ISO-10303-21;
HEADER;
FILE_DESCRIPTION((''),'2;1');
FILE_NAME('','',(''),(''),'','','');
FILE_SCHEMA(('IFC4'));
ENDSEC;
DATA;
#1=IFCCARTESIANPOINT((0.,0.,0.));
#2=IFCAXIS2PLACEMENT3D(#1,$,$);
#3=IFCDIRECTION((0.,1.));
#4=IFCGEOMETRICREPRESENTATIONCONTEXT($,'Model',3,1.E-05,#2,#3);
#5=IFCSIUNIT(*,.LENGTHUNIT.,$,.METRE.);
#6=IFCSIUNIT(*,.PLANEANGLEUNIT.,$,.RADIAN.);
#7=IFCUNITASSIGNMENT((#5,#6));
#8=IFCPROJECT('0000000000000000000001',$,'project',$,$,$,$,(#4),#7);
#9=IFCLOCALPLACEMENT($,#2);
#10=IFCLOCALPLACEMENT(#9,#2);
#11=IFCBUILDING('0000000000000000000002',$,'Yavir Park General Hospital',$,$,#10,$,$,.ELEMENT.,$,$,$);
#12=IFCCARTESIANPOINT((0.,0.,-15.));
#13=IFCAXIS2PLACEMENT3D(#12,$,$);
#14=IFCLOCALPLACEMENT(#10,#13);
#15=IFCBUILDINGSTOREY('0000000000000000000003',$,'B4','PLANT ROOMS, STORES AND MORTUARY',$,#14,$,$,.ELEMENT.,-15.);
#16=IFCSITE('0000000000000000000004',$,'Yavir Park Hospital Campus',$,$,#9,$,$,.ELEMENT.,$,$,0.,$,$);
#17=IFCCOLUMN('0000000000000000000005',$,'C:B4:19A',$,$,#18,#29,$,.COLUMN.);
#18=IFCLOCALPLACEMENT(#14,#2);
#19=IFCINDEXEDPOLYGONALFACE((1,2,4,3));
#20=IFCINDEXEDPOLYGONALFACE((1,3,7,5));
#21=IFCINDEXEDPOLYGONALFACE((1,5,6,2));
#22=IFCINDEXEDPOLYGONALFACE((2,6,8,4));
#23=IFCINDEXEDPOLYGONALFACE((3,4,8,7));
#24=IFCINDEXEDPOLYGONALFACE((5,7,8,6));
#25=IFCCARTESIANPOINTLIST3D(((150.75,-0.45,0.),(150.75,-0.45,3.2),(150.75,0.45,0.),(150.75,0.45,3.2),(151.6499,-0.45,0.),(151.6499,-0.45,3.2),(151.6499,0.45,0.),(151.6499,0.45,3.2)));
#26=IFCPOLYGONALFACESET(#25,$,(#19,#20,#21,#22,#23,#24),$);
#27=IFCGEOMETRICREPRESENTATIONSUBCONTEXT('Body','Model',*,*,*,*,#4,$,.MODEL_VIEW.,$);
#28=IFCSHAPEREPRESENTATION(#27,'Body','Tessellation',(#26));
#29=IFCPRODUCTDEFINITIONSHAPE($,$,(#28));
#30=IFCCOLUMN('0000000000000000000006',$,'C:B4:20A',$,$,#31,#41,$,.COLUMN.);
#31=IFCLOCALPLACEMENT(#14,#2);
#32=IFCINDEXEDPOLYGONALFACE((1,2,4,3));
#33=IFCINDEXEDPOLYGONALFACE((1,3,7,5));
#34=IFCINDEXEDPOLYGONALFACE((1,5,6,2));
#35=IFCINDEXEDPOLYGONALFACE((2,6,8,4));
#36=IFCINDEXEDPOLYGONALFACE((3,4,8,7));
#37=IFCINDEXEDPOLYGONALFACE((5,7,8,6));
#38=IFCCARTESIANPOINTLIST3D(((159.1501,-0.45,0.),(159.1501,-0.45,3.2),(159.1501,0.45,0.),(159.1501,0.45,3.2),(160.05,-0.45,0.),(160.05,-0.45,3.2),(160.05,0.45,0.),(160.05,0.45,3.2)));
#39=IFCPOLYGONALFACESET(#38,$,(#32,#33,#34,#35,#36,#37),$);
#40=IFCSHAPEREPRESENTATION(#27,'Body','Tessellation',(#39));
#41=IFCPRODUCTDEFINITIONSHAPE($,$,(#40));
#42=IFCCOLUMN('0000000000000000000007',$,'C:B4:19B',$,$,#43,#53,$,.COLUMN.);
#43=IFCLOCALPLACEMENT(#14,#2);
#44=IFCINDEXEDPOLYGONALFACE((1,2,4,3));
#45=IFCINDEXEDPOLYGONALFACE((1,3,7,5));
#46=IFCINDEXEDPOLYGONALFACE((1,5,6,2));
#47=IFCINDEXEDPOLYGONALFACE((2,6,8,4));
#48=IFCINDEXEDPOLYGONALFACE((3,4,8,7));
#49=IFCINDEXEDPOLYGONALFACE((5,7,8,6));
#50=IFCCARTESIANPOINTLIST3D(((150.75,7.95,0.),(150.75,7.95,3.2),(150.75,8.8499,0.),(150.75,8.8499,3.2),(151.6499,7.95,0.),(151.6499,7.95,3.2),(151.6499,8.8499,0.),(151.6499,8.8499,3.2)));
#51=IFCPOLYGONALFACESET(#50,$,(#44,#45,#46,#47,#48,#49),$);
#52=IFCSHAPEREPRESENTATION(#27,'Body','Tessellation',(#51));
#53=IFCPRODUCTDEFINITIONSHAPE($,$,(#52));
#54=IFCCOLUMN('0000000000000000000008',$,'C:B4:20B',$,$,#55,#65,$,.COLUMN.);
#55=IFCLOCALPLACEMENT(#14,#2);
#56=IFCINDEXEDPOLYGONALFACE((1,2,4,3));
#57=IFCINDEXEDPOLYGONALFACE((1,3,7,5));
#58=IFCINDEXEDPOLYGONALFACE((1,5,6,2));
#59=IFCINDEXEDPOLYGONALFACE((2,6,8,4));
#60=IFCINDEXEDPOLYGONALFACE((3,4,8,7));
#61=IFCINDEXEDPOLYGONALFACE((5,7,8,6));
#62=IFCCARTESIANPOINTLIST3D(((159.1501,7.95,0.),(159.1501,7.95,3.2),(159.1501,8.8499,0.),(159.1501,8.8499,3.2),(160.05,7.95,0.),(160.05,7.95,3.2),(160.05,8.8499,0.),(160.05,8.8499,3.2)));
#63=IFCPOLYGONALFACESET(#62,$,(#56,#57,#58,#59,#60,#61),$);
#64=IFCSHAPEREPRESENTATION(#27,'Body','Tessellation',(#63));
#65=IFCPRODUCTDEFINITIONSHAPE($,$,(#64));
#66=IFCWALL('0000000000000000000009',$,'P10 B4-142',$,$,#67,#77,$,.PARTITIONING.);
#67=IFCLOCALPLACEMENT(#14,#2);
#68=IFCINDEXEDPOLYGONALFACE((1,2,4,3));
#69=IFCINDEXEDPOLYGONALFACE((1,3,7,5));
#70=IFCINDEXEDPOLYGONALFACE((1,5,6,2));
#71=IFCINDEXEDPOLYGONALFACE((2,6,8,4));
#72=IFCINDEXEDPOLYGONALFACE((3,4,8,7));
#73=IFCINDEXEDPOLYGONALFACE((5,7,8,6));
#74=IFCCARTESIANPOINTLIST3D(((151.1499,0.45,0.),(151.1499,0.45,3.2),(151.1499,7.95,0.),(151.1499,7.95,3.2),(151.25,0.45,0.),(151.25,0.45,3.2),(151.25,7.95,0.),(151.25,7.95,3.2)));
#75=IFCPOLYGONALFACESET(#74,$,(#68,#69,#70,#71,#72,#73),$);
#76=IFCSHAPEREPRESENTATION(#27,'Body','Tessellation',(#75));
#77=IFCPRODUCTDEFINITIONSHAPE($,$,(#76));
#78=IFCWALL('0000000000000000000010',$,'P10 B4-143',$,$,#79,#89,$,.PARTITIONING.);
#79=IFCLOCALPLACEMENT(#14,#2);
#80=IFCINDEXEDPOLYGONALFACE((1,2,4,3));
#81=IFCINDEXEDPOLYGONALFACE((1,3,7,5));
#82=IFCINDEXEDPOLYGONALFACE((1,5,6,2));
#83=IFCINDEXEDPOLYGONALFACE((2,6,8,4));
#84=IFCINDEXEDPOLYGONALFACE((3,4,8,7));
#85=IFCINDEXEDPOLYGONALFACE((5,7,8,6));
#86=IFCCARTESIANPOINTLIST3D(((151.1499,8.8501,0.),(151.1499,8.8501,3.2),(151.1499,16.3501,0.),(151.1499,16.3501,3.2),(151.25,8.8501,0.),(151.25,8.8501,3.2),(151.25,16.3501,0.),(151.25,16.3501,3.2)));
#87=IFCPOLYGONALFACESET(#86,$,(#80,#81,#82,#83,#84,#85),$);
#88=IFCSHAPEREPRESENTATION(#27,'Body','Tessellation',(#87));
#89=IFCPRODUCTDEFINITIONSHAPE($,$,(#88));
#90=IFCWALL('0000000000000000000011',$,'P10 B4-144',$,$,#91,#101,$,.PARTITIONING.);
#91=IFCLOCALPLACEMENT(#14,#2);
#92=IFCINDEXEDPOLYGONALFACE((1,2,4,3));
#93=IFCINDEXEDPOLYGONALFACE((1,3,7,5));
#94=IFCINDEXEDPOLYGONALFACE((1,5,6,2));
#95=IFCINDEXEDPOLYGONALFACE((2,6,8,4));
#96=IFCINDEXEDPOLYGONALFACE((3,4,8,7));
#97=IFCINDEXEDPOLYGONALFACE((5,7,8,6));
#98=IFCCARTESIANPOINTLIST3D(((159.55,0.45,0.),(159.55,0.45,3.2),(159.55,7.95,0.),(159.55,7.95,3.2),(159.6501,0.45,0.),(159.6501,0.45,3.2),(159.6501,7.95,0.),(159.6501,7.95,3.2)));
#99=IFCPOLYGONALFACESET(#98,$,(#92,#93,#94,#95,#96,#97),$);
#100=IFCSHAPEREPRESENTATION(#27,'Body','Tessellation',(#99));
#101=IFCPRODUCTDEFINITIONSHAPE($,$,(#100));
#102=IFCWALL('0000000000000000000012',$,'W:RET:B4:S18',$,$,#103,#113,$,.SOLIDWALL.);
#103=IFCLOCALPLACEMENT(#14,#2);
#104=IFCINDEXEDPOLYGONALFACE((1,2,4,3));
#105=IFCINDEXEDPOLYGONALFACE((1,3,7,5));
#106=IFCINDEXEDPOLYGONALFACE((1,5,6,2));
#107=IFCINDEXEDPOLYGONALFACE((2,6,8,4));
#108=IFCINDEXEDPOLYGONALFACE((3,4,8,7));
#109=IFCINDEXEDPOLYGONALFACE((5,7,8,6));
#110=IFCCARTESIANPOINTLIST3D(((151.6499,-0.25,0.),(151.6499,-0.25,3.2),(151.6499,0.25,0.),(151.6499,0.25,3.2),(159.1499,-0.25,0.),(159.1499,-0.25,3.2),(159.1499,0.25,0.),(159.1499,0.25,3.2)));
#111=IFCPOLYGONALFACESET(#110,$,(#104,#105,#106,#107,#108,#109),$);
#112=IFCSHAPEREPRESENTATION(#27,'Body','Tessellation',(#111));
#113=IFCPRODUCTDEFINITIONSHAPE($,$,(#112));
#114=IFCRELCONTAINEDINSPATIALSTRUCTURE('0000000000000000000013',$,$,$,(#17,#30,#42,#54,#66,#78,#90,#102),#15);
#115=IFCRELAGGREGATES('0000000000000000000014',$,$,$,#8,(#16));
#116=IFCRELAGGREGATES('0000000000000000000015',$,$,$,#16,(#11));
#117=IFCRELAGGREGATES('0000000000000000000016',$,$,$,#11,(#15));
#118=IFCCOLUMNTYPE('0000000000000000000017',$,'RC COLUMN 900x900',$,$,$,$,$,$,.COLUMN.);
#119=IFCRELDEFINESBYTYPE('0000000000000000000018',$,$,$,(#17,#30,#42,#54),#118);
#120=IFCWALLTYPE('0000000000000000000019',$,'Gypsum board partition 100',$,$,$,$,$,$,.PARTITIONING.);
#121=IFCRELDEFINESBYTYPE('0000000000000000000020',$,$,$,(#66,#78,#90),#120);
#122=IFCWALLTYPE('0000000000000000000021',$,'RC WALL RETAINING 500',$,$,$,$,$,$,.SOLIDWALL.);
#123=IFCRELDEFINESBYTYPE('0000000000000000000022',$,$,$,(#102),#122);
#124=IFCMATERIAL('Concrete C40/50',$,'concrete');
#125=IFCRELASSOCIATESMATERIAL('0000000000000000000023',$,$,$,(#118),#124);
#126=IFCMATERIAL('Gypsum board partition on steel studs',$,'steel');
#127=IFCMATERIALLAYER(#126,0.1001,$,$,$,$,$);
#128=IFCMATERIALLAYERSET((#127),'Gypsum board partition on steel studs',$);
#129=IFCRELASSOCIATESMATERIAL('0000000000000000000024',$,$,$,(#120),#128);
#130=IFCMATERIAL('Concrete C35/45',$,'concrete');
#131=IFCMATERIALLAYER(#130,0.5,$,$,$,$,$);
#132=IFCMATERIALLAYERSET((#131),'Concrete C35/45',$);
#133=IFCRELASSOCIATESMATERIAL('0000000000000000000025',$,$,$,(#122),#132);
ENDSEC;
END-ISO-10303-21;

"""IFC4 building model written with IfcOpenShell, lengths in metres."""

from ifc_helpers import new_model, si_unit, direction, frame, frame_2d, origin, origin_2d, place, context, subcontext, project, spatial, rectangle, extrude, material, layer, layer_set, material_profile, profile_set, type_object, element, save


model = new_model("IFC4")

# Units and contexts
model_context = context("Model", 3, precision=1e-05, world=origin(), true_north=direction((0.0, 1.0)))
body_context = subcontext(model_context, "Body", "Model", "MODEL_VIEW")
ifc_project = project(units=[si_unit("LENGTHUNIT", "METRE"), si_unit("PLANEANGLEUNIT", "RADIAN")], contexts=[model_context])

# Site, building, storey
site_placement = place(None, origin())
site = spatial("IfcSite", under=ifc_project, at=site_placement, Name="Yavir Park Hospital Campus", CompositionType="ELEMENT", RefElevation=0.0)
building_placement = place(site_placement, origin())
building = spatial("IfcBuilding", under=site, at=building_placement, Name="Yavir Park General Hospital", CompositionType="ELEMENT")
storey_placement = place(building_placement, frame((0.0, 0.0, -15.0)))
storey = spatial("IfcBuildingStorey", under=building, at=storey_placement, Name="B4", Description="PLANT ROOMS, STORES AND MORTUARY", CompositionType="ELEMENT", Elevation=-15.0)

# Columns
ifc_material_1 = material(Name="Concrete C40/50", Category="concrete")
ifc_material_profile_1 = material_profile(ifc_material_1, rectangle(XDim=0.8999, YDim=0.8999, at=origin_2d()), Name="RC900x900")
ifc_profile_set_1 = profile_set([ifc_material_profile_1], Name="Concrete C40/50")
column_type = type_object("IfcColumnType", Name="RC COLUMN 900x900", PredefinedType="COLUMN", material=ifc_profile_set_1)
for number, where, z_axis, x_axis, name in (
    (1, (151.2, 0.0, 0.0), (0.0, 0.0, 1.0), (1.0, 0.0, 0.0), "C:B4:19A"),
    (2, (159.6001, 0.0, 0.0), (0.0, 0.0, 1.0), (1.0, 0.0, 0.0), "C:B4:20A"),
    (3, (151.2, 8.3999, 0.0), (0.0, 0.0, 1.0), (1.0, 0.0, 0.0), "C:B4:19B"),
    (4, (159.6001, 8.3999, 0.0), (0.0, 0.0, 1.0), (1.0, 0.0, 0.0), "C:B4:20B"),
):
    element("IfcColumn", number, at=place(storey_placement, frame(where, z_axis=z_axis, x_axis=x_axis)), inside=storey, type_object=column_type, Name=name, PredefinedType="COLUMN", context=body_context, shape_type="SweptSolid", body=[
        extrude(rectangle(XDim=0.8999, YDim=0.8999, at=origin_2d()), origin(), (0.0, 0.0, 1.0), 3.2),
    ])

# Walls
ifc_material_2 = material(Name="Gypsum board partition on steel studs", Category="steel")
ifc_layer_1 = layer(ifc_material_2, 0.1001)
ifc_layer_set_1 = layer_set([ifc_layer_1], Name="Gypsum board partition on steel studs")
wall_type_1 = type_object("IfcWallType", Name="Gypsum board partition 100", PredefinedType="PARTITIONING", material=ifc_layer_set_1)
for number, where, z_axis, x_axis, name in (
    (5, (151.2, 0.45, 0.0), (0.0, 0.0, 1.0), (0.0, 1.0, 0.0), "P10 B4-142"),
    (6, (151.2, 8.8501, 0.0), (0.0, 0.0, 1.0), (0.0, 1.0, 0.0), "P10 B4-143"),
    (7, (159.6001, 0.45, 0.0), (0.0, 0.0, 1.0), (0.0, 1.0, 0.0), "P10 B4-144"),
):
    element("IfcWall", number, at=place(storey_placement, frame(where, z_axis=z_axis, x_axis=x_axis)), inside=storey, type_object=wall_type_1, Name=name, PredefinedType="PARTITIONING", context=body_context, shape_type="SweptSolid", body=[
        extrude(rectangle(XDim=7.5, YDim=0.1001, at=frame_2d((3.75, 0.0))), origin(), (0.0, 0.0, 1.0), 3.2),
    ])
ifc_material_3 = material(Name="Concrete C35/45", Category="concrete")
ifc_layer_2 = layer(ifc_material_3, 0.5)
ifc_layer_set_2 = layer_set([ifc_layer_2], Name="Concrete C35/45")
wall_type_2 = type_object("IfcWallType", Name="RC WALL RETAINING 500", PredefinedType="SOLIDWALL", material=ifc_layer_set_2)
wall_placement = place(storey_placement, frame((151.6499, 0.0, 0.0), z_axis=(0.0, 0.0, 1.0), x_axis=(1.0, 0.0, 0.0)))
element("IfcWall", 8, at=wall_placement, inside=storey, type_object=wall_type_2, Name="W:RET:B4:S18", PredefinedType="SOLIDWALL", context=body_context, shape_type="SweptSolid", body=[
    extrude(rectangle(XDim=7.5, YDim=0.5, at=frame_2d((3.75, 0.0))), origin(), (0.0, 0.0, 1.0), 3.2),
])

save(model, "model.ifc")
